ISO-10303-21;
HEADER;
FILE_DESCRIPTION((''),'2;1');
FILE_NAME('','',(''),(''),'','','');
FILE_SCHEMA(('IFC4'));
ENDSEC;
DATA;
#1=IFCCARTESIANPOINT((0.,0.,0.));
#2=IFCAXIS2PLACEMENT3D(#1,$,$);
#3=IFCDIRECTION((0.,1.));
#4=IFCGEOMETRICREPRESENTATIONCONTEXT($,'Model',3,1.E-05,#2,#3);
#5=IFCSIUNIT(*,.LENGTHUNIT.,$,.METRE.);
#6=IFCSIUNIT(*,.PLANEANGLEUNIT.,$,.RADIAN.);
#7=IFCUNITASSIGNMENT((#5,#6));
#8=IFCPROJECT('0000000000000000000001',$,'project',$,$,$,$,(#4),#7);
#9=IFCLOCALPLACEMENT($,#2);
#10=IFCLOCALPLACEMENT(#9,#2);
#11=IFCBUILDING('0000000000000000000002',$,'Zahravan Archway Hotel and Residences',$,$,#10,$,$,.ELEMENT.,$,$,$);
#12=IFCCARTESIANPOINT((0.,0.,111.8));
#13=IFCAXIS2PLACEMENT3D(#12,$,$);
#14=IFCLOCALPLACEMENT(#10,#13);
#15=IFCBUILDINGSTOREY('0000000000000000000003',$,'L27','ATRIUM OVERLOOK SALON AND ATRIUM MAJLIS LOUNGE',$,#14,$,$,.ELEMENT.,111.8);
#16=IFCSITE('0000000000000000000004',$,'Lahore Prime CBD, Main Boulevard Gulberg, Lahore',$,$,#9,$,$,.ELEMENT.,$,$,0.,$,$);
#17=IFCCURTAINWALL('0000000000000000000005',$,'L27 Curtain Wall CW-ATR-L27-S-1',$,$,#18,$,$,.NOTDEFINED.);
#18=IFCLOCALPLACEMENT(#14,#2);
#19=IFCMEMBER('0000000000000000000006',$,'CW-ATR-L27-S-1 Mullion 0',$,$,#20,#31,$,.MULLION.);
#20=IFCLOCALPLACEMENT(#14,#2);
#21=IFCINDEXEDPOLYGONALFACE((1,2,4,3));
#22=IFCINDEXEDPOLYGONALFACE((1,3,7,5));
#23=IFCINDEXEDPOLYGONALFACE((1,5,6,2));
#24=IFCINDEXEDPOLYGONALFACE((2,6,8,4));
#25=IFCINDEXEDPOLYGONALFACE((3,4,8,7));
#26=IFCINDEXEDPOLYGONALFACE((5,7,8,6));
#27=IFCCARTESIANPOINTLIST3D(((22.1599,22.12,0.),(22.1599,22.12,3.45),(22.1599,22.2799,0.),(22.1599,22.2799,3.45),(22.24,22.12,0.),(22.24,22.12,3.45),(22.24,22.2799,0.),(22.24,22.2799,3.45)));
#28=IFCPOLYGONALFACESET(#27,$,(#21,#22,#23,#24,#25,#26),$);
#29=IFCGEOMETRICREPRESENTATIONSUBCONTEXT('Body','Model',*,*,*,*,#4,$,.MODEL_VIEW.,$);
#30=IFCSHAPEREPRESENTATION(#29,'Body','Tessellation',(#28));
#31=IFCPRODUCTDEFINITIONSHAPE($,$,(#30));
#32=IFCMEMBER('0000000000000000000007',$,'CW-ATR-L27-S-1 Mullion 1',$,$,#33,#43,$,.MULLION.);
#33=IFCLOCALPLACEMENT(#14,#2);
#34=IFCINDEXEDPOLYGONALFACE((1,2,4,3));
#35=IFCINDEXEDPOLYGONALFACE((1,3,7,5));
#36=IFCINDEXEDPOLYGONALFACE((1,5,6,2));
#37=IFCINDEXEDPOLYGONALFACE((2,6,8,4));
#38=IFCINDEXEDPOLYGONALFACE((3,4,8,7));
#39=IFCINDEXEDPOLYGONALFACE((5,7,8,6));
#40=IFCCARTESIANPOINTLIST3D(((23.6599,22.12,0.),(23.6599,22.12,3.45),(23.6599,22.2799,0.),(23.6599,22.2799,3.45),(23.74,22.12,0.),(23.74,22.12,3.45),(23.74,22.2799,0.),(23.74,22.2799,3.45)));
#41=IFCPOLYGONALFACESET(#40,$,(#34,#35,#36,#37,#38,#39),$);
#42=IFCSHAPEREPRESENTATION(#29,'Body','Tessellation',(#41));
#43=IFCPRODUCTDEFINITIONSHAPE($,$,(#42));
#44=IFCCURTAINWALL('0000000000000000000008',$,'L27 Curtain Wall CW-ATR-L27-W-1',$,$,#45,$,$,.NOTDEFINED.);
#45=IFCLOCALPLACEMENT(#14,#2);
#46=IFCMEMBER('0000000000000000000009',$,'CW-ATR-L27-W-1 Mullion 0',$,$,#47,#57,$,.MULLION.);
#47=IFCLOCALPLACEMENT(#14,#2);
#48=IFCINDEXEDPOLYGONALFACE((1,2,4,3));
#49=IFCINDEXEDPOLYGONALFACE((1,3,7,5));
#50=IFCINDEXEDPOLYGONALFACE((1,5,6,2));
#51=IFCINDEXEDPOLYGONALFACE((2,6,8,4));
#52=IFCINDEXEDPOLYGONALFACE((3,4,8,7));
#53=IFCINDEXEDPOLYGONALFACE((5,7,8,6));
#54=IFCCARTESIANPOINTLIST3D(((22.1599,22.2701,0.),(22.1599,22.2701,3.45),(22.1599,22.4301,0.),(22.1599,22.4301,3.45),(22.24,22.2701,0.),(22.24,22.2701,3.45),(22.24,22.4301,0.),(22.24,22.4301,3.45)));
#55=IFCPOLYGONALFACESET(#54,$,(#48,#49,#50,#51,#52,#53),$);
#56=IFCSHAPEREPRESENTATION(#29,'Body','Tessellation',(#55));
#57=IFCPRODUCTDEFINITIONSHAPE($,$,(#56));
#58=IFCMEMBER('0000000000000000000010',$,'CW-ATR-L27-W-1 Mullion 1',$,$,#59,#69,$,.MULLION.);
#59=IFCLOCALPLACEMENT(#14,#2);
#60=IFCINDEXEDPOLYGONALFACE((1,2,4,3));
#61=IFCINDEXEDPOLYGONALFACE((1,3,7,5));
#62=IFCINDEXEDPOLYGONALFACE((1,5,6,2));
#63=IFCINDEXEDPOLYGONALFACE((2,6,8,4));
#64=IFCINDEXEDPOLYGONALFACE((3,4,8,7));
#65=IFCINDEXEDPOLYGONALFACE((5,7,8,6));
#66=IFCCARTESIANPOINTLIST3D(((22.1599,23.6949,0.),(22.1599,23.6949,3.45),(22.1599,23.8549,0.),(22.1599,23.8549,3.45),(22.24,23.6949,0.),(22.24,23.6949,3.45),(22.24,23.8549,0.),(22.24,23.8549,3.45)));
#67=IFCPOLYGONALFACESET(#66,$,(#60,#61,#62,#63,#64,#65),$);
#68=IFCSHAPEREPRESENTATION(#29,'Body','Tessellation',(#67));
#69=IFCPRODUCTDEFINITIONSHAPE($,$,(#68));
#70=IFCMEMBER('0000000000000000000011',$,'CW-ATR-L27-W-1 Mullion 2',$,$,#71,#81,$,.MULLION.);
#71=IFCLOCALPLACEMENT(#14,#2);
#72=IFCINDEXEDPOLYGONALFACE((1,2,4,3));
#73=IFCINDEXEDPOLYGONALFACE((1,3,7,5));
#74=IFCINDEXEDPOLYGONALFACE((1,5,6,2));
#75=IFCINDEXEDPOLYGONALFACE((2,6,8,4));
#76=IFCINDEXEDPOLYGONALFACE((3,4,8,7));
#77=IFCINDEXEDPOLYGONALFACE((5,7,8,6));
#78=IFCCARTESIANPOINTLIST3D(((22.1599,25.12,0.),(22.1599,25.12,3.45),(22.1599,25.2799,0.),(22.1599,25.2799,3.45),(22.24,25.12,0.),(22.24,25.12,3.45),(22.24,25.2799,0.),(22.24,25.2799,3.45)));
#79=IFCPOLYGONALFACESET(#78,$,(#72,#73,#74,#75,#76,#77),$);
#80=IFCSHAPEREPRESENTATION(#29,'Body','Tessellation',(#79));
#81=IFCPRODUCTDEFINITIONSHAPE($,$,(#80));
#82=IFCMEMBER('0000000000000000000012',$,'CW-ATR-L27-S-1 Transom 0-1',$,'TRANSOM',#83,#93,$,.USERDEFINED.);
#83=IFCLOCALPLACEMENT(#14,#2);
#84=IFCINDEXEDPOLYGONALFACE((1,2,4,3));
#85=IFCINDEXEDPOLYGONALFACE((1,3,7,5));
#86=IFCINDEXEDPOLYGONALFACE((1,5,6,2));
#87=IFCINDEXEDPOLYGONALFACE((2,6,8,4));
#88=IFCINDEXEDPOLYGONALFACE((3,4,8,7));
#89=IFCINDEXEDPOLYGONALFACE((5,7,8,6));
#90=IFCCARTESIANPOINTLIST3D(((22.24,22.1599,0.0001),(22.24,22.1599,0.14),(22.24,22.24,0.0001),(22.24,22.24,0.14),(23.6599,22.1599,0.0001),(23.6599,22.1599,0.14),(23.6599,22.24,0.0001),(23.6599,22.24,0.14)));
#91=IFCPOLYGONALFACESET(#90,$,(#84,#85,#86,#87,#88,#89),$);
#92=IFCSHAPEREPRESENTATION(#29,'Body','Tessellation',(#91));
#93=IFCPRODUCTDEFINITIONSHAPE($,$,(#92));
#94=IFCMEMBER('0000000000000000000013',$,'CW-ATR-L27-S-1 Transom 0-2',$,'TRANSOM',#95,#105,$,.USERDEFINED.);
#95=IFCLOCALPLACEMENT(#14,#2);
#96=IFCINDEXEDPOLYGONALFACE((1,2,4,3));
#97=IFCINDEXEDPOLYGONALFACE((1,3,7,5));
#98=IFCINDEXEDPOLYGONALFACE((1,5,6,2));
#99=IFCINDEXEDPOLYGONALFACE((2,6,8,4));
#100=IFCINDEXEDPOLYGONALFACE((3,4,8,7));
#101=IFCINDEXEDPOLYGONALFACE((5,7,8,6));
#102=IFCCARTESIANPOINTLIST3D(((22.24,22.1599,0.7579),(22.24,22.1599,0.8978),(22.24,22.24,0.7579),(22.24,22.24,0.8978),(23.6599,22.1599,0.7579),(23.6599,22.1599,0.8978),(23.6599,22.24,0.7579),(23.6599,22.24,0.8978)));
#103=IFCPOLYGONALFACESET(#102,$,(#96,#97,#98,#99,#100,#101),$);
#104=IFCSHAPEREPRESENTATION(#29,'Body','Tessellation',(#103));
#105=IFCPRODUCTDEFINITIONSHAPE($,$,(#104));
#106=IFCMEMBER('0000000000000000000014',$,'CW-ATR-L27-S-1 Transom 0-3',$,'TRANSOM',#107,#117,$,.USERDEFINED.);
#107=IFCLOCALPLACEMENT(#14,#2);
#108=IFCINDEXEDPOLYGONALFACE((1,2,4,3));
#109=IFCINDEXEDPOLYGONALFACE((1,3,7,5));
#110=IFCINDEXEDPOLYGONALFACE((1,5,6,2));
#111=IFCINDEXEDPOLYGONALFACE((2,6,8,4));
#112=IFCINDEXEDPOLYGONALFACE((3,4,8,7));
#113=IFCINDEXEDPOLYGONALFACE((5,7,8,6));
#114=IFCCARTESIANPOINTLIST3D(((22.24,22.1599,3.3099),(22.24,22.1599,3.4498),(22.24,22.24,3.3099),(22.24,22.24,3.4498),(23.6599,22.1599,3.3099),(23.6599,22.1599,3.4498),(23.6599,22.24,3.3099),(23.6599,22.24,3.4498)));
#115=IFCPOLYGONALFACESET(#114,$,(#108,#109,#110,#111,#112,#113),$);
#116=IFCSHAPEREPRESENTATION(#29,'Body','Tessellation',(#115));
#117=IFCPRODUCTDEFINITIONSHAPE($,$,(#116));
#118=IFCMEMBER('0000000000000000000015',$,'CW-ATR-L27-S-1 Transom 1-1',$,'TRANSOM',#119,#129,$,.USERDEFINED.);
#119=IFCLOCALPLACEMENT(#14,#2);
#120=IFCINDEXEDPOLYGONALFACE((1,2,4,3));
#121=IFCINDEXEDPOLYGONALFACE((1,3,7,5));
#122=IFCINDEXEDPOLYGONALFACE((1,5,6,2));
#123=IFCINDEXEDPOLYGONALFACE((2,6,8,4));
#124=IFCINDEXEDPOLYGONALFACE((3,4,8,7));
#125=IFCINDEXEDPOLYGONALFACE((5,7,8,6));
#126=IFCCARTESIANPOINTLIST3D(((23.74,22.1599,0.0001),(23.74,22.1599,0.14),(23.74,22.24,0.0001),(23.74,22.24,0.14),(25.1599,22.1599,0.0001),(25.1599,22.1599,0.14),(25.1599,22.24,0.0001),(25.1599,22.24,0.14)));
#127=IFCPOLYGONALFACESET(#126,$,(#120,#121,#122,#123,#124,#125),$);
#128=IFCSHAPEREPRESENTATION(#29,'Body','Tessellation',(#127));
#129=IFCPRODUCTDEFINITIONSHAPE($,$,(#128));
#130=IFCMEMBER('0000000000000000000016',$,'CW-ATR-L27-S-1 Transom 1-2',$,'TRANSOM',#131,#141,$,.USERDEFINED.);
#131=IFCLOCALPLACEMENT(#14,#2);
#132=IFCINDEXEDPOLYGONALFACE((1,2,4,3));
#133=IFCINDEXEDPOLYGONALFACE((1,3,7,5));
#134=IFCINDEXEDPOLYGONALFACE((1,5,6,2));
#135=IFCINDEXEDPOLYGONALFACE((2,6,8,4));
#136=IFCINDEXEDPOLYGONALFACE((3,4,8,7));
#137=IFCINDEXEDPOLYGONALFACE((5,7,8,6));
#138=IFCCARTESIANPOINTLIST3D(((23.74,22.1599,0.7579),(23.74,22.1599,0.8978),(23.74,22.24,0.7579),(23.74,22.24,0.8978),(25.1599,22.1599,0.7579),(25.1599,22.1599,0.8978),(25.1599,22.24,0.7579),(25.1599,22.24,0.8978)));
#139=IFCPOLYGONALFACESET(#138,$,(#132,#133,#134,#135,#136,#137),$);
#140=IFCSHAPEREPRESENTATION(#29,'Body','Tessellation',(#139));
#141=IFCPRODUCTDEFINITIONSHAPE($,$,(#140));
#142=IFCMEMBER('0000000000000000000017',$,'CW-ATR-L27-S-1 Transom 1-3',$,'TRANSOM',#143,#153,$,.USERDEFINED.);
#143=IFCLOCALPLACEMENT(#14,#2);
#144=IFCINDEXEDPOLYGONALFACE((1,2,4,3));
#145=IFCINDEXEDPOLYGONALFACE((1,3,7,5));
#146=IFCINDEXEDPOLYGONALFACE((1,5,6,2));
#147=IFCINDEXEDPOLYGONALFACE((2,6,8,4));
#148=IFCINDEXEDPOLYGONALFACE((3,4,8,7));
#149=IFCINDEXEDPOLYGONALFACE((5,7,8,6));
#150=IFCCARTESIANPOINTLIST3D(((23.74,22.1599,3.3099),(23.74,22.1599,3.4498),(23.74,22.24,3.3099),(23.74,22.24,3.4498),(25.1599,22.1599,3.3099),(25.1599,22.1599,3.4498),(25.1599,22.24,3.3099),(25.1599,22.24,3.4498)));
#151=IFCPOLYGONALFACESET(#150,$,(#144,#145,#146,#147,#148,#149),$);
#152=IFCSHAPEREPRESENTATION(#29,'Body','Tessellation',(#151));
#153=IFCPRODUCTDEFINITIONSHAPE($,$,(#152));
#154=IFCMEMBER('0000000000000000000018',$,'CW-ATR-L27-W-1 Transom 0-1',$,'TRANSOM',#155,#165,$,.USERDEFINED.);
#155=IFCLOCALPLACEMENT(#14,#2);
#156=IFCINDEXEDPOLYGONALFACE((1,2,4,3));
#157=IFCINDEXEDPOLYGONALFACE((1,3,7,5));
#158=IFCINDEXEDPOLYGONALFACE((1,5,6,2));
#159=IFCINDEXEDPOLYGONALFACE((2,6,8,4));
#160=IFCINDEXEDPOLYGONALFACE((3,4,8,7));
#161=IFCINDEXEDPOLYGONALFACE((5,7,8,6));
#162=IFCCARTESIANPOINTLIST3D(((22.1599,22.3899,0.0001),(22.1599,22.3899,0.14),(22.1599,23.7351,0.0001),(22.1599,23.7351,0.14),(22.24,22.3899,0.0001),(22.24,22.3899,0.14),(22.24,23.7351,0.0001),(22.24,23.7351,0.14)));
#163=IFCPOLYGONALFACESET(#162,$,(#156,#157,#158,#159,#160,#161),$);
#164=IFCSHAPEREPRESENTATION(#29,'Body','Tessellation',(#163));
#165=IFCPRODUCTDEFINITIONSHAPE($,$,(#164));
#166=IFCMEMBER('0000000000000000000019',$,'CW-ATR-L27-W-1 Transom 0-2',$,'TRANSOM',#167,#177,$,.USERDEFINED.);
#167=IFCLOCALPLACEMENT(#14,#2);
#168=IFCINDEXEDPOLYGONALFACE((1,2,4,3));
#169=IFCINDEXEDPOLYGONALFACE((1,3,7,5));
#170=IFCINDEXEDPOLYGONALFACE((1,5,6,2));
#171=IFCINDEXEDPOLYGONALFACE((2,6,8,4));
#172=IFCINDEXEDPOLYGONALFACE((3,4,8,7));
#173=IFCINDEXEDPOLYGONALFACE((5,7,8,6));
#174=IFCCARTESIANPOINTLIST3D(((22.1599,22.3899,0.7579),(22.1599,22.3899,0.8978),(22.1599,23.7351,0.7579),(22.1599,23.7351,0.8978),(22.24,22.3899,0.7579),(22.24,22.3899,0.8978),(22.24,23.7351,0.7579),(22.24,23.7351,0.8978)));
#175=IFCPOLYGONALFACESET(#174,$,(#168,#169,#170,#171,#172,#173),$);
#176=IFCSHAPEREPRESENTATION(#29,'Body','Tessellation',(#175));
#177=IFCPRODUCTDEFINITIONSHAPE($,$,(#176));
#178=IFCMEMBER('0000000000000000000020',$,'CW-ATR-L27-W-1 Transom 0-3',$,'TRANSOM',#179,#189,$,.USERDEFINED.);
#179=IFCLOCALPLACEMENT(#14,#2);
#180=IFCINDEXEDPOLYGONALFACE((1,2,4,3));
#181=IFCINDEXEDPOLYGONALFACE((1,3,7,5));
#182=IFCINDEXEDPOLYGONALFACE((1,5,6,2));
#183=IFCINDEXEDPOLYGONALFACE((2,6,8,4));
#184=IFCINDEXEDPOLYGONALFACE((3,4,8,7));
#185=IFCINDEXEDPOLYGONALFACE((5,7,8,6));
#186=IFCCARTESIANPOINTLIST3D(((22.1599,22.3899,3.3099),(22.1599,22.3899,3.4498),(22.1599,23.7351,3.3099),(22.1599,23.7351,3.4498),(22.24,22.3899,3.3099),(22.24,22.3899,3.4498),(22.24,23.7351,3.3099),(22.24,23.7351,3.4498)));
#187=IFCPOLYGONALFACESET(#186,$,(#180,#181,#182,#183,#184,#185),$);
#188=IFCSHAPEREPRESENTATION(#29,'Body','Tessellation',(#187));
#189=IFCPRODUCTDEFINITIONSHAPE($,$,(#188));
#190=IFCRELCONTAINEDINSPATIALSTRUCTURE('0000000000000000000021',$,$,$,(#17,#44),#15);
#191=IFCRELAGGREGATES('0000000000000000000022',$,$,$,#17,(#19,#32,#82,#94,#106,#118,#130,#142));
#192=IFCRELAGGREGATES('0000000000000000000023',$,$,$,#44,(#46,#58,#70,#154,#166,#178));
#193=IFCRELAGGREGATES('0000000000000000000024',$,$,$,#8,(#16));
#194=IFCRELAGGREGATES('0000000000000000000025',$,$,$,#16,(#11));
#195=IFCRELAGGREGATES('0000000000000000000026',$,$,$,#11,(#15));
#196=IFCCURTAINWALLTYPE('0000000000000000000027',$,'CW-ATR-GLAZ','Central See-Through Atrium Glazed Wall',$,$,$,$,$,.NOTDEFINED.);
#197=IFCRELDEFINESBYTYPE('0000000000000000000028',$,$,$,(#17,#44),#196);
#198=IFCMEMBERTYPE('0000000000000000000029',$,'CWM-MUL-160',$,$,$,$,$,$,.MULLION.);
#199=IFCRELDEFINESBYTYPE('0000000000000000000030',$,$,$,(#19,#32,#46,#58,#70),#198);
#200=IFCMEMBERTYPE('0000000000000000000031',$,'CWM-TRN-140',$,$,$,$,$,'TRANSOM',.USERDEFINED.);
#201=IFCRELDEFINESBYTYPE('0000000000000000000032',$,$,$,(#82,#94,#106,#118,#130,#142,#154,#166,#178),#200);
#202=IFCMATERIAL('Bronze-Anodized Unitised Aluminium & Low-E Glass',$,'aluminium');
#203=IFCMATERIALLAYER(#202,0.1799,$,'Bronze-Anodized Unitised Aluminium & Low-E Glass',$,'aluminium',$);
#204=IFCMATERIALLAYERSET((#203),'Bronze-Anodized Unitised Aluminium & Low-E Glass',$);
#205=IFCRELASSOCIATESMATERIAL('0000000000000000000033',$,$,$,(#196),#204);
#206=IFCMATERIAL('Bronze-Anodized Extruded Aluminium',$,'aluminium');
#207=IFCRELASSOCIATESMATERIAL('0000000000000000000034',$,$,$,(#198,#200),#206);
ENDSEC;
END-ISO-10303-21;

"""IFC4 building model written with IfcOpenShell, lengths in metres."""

from ifc_helpers import new_model, si_unit, direction, frame, origin, origin_2d, place, context, subcontext, project, spatial, rectangle, extrude, source, transform, mapped, material, layer, layer_set, material_profile, profile_set, type_object, element, aggregate, save


model = new_model("IFC4")

# Units and contexts
model_context = context("Model", 3, precision=1e-05, world=origin(), true_north=direction((0.0, 1.0)))
body_context = subcontext(model_context, "Body", "Model", "MODEL_VIEW")
ifc_project = project(units=[si_unit("LENGTHUNIT", "METRE"), si_unit("PLANEANGLEUNIT", "RADIAN")], contexts=[model_context])

# Site, building, storey
site_placement = place(None, origin())
site = spatial("IfcSite", under=ifc_project, at=site_placement, Name="Lahore Prime CBD, Main Boulevard Gulberg, Lahore", CompositionType="ELEMENT", RefElevation=0.0)
building_placement = place(site_placement, origin())
building = spatial("IfcBuilding", under=site, at=building_placement, Name="Zahravan Archway Hotel and Residences", CompositionType="ELEMENT")
storey_placement = place(building_placement, frame((0.0, 0.0, 111.8)))
storey = spatial("IfcBuildingStorey", under=building, at=storey_placement, Name="L27", Description="ATRIUM OVERLOOK SALON AND ATRIUM MAJLIS LOUNGE", CompositionType="ELEMENT", Elevation=111.8)

# Curtain walls, members
ifc_material_1 = material(Name="Bronze-Anodized Unitised Aluminium & Low-E Glass", Category="aluminium")
ifc_layer_1 = layer(ifc_material_1, 0.1799, Name="Bronze-Anodized Unitised Aluminium & Low-E Glass", Category="aluminium")
ifc_layer_set_1 = layer_set([ifc_layer_1], Name="Bronze-Anodized Unitised Aluminium & Low-E Glass")
curtain_wall_type = type_object("IfcCurtainWallType", Name="CW-ATR-GLAZ", Description="Central See-Through Atrium Glazed Wall", PredefinedType="NOTDEFINED", material=ifc_layer_set_1)
curtain_wall_1_placement = place(storey_placement, origin())
curtain_wall_1 = element("IfcCurtainWall", 1, at=curtain_wall_1_placement, inside=storey, type_object=curtain_wall_type, Name="L27 Curtain Wall CW-ATR-L27-S-1", PredefinedType="NOTDEFINED")
ifc_material_2 = material(Name="Bronze-Anodized Extruded Aluminium", Category="aluminium")
ifc_material_profile_1 = material_profile(ifc_material_2, rectangle(XDim=0.0801, YDim=0.1599, at=origin_2d()), Name="MUL 80x160", Category="aluminium")
ifc_profile_set_1 = profile_set([ifc_material_profile_1], Name="Bronze-Anodized Extruded Aluminium")
member_type_1 = type_object("IfcMemberType", Name="CWM-MUL-160", PredefinedType="MULLION", material=ifc_profile_set_1)
shared_shape_1 = source(origin(), body_context, "Body", "SweptSolid", [
    extrude(rectangle(XDim=0.0801, YDim=0.1599, at=origin_2d()), origin(), (0.0, 0.0, 1.0), 3.45),
])
member_1_placement = place(storey_placement, frame((22.2, 22.2, 0.0), z_axis=(0.0, 0.0, 1.0), x_axis=(1.0, 0.0, 0.0)))
member_1 = element("IfcMember", 2, at=member_1_placement, type_object=member_type_1, Name="CW-ATR-L27-S-1 Mullion 0", PredefinedType="MULLION", context=body_context, shape_type="MappedRepresentation", body=[
    mapped(shared_shape_1, transform((0.0, 0.0, 0.0), scale=1.0)),
])
member_2_placement = place(storey_placement, frame((23.7, 22.2, 0.0), z_axis=(0.0, 0.0, 1.0), x_axis=(1.0, 0.0, 0.0)))
member_2 = element("IfcMember", 3, at=member_2_placement, type_object=member_type_1, Name="CW-ATR-L27-S-1 Mullion 1", PredefinedType="MULLION", context=body_context, shape_type="MappedRepresentation", body=[
    mapped(shared_shape_1, transform((0.0, 0.0, 0.0), scale=1.0)),
])
curtain_wall_2_placement = place(storey_placement, origin())
curtain_wall_2 = element("IfcCurtainWall", 4, at=curtain_wall_2_placement, inside=storey, type_object=curtain_wall_type, Name="L27 Curtain Wall CW-ATR-L27-W-1", PredefinedType="NOTDEFINED")
member_3_placement = place(storey_placement, frame((22.2, 22.3501, 0.0), z_axis=(0.0, 0.0, 1.0), x_axis=(1.0, 0.0, 0.0)))
member_3 = element("IfcMember", 5, at=member_3_placement, type_object=member_type_1, Name="CW-ATR-L27-W-1 Mullion 0", PredefinedType="MULLION", context=body_context, shape_type="MappedRepresentation", body=[
    mapped(shared_shape_1, transform((0.0, 0.0, 0.0), scale=1.0)),
])
member_4_placement = place(storey_placement, frame((22.2, 23.7749, 0.0), z_axis=(0.0, 0.0, 1.0), x_axis=(1.0, 0.0, 0.0)))
member_4 = element("IfcMember", 6, at=member_4_placement, type_object=member_type_1, Name="CW-ATR-L27-W-1 Mullion 1", PredefinedType="MULLION", context=body_context, shape_type="MappedRepresentation", body=[
    mapped(shared_shape_1, transform((0.0, 0.0, 0.0), scale=1.0)),
])
member_5_placement = place(storey_placement, frame((22.2, 25.2, 0.0), z_axis=(0.0, 0.0, 1.0), x_axis=(1.0, 0.0, 0.0)))
member_5 = element("IfcMember", 7, at=member_5_placement, type_object=member_type_1, Name="CW-ATR-L27-W-1 Mullion 2", PredefinedType="MULLION", context=body_context, shape_type="MappedRepresentation", body=[
    mapped(shared_shape_1, transform((0.0, 0.0, 0.0), scale=1.0)),
])

# Members
ifc_material_profile_2 = material_profile(ifc_material_2, rectangle(XDim=0.0801, YDim=0.1399, at=origin_2d()), Name="TRN 80x140", Category="aluminium")
ifc_profile_set_2 = profile_set([ifc_material_profile_2], Name="Bronze-Anodized Extruded Aluminium")
member_type_2 = type_object("IfcMemberType", Name="CWM-TRN-140", ElementType="TRANSOM", PredefinedType="USERDEFINED", material=ifc_profile_set_2)
shared_shape_2 = source(origin(), body_context, "Body", "SweptSolid", [
    extrude(rectangle(XDim=0.0801, YDim=0.1399, at=origin_2d()), origin(), (0.0, 0.0, 1.0), 1.4199),
])
member_6_placement = place(storey_placement, frame((22.24, 22.2, 0.0701), z_axis=(1.0, 0.0, 0.0), x_axis=(0.0, 1.0, 0.0)))
member_6 = element("IfcMember", 8, at=member_6_placement, type_object=member_type_2, Name="CW-ATR-L27-S-1 Transom 0-1", ObjectType="TRANSOM", PredefinedType="USERDEFINED", context=body_context, shape_type="MappedRepresentation", body=[
    mapped(shared_shape_2, transform((0.0, 0.0, 0.0), scale=1.0)),
])
member_7_placement = place(storey_placement, frame((22.24, 22.2, 0.8279), z_axis=(1.0, 0.0, 0.0), x_axis=(0.0, 1.0, 0.0)))
member_7 = element("IfcMember", 9, at=member_7_placement, type_object=member_type_2, Name="CW-ATR-L27-S-1 Transom 0-2", ObjectType="TRANSOM", PredefinedType="USERDEFINED", context=body_context, shape_type="MappedRepresentation", body=[
    mapped(shared_shape_2, transform((0.0, 0.0, 0.0), scale=1.0)),
])
member_8_placement = place(storey_placement, frame((22.24, 22.2, 3.3799), z_axis=(1.0, 0.0, 0.0), x_axis=(0.0, 1.0, 0.0)))
member_8 = element("IfcMember", 10, at=member_8_placement, type_object=member_type_2, Name="CW-ATR-L27-S-1 Transom 0-3", ObjectType="TRANSOM", PredefinedType="USERDEFINED", context=body_context, shape_type="MappedRepresentation", body=[
    mapped(shared_shape_2, transform((0.0, 0.0, 0.0), scale=1.0)),
])
member_9_placement = place(storey_placement, frame((23.74, 22.2, 0.0701), z_axis=(1.0, 0.0, 0.0), x_axis=(0.0, 1.0, 0.0)))
member_9 = element("IfcMember", 11, at=member_9_placement, type_object=member_type_2, Name="CW-ATR-L27-S-1 Transom 1-1", ObjectType="TRANSOM", PredefinedType="USERDEFINED", context=body_context, shape_type="MappedRepresentation", body=[
    mapped(shared_shape_2, transform((0.0, 0.0, 0.0), scale=1.0)),
])
member_10_placement = place(storey_placement, frame((23.74, 22.2, 0.8279), z_axis=(1.0, 0.0, 0.0), x_axis=(0.0, 1.0, 0.0)))
member_10 = element("IfcMember", 12, at=member_10_placement, type_object=member_type_2, Name="CW-ATR-L27-S-1 Transom 1-2", ObjectType="TRANSOM", PredefinedType="USERDEFINED", context=body_context, shape_type="MappedRepresentation", body=[
    mapped(shared_shape_2, transform((0.0, 0.0, 0.0), scale=1.0)),
])
member_11_placement = place(storey_placement, frame((23.74, 22.2, 3.3799), z_axis=(1.0, 0.0, 0.0), x_axis=(0.0, 1.0, 0.0)))
member_11 = element("IfcMember", 13, at=member_11_placement, type_object=member_type_2, Name="CW-ATR-L27-S-1 Transom 1-3", ObjectType="TRANSOM", PredefinedType="USERDEFINED", context=body_context, shape_type="MappedRepresentation", body=[
    mapped(shared_shape_2, transform((0.0, 0.0, 0.0), scale=1.0)),
])
shared_shape_3 = source(origin(), body_context, "Body", "SweptSolid", [
    extrude(rectangle(XDim=0.0801, YDim=0.1399, at=origin_2d()), origin(), (0.0, 0.0, 1.0), 1.3452),
])
member_12_placement = place(storey_placement, frame((22.2, 22.3899, 0.0701), z_axis=(0.0, 1.0, 0.0), x_axis=(-1.0, 0.0, 0.0)))
member_12 = element("IfcMember", 14, at=member_12_placement, type_object=member_type_2, Name="CW-ATR-L27-W-1 Transom 0-1", ObjectType="TRANSOM", PredefinedType="USERDEFINED", context=body_context, shape_type="MappedRepresentation", body=[
    mapped(shared_shape_3, transform((0.0, 0.0, 0.0), scale=1.0)),
])
member_13_placement = place(storey_placement, frame((22.2, 22.3899, 0.8279), z_axis=(0.0, 1.0, 0.0), x_axis=(-1.0, 0.0, 0.0)))
member_13 = element("IfcMember", 15, at=member_13_placement, type_object=member_type_2, Name="CW-ATR-L27-W-1 Transom 0-2", ObjectType="TRANSOM", PredefinedType="USERDEFINED", context=body_context, shape_type="MappedRepresentation", body=[
    mapped(shared_shape_3, transform((0.0, 0.0, 0.0), scale=1.0)),
])
member_14_placement = place(storey_placement, frame((22.2, 22.3899, 3.3799), z_axis=(0.0, 1.0, 0.0), x_axis=(-1.0, 0.0, 0.0)))
member_14 = element("IfcMember", 16, at=member_14_placement, type_object=member_type_2, Name="CW-ATR-L27-W-1 Transom 0-3", ObjectType="TRANSOM", PredefinedType="USERDEFINED", context=body_context, shape_type="MappedRepresentation", body=[
    mapped(shared_shape_3, transform((0.0, 0.0, 0.0), scale=1.0)),
])

aggregate(curtain_wall_1, [member_1, member_2, member_6, member_7, member_8, member_9, member_10, member_11])
aggregate(curtain_wall_2, [member_3, member_4, member_5, member_12, member_13, member_14])

save(model, "model.ifc")
